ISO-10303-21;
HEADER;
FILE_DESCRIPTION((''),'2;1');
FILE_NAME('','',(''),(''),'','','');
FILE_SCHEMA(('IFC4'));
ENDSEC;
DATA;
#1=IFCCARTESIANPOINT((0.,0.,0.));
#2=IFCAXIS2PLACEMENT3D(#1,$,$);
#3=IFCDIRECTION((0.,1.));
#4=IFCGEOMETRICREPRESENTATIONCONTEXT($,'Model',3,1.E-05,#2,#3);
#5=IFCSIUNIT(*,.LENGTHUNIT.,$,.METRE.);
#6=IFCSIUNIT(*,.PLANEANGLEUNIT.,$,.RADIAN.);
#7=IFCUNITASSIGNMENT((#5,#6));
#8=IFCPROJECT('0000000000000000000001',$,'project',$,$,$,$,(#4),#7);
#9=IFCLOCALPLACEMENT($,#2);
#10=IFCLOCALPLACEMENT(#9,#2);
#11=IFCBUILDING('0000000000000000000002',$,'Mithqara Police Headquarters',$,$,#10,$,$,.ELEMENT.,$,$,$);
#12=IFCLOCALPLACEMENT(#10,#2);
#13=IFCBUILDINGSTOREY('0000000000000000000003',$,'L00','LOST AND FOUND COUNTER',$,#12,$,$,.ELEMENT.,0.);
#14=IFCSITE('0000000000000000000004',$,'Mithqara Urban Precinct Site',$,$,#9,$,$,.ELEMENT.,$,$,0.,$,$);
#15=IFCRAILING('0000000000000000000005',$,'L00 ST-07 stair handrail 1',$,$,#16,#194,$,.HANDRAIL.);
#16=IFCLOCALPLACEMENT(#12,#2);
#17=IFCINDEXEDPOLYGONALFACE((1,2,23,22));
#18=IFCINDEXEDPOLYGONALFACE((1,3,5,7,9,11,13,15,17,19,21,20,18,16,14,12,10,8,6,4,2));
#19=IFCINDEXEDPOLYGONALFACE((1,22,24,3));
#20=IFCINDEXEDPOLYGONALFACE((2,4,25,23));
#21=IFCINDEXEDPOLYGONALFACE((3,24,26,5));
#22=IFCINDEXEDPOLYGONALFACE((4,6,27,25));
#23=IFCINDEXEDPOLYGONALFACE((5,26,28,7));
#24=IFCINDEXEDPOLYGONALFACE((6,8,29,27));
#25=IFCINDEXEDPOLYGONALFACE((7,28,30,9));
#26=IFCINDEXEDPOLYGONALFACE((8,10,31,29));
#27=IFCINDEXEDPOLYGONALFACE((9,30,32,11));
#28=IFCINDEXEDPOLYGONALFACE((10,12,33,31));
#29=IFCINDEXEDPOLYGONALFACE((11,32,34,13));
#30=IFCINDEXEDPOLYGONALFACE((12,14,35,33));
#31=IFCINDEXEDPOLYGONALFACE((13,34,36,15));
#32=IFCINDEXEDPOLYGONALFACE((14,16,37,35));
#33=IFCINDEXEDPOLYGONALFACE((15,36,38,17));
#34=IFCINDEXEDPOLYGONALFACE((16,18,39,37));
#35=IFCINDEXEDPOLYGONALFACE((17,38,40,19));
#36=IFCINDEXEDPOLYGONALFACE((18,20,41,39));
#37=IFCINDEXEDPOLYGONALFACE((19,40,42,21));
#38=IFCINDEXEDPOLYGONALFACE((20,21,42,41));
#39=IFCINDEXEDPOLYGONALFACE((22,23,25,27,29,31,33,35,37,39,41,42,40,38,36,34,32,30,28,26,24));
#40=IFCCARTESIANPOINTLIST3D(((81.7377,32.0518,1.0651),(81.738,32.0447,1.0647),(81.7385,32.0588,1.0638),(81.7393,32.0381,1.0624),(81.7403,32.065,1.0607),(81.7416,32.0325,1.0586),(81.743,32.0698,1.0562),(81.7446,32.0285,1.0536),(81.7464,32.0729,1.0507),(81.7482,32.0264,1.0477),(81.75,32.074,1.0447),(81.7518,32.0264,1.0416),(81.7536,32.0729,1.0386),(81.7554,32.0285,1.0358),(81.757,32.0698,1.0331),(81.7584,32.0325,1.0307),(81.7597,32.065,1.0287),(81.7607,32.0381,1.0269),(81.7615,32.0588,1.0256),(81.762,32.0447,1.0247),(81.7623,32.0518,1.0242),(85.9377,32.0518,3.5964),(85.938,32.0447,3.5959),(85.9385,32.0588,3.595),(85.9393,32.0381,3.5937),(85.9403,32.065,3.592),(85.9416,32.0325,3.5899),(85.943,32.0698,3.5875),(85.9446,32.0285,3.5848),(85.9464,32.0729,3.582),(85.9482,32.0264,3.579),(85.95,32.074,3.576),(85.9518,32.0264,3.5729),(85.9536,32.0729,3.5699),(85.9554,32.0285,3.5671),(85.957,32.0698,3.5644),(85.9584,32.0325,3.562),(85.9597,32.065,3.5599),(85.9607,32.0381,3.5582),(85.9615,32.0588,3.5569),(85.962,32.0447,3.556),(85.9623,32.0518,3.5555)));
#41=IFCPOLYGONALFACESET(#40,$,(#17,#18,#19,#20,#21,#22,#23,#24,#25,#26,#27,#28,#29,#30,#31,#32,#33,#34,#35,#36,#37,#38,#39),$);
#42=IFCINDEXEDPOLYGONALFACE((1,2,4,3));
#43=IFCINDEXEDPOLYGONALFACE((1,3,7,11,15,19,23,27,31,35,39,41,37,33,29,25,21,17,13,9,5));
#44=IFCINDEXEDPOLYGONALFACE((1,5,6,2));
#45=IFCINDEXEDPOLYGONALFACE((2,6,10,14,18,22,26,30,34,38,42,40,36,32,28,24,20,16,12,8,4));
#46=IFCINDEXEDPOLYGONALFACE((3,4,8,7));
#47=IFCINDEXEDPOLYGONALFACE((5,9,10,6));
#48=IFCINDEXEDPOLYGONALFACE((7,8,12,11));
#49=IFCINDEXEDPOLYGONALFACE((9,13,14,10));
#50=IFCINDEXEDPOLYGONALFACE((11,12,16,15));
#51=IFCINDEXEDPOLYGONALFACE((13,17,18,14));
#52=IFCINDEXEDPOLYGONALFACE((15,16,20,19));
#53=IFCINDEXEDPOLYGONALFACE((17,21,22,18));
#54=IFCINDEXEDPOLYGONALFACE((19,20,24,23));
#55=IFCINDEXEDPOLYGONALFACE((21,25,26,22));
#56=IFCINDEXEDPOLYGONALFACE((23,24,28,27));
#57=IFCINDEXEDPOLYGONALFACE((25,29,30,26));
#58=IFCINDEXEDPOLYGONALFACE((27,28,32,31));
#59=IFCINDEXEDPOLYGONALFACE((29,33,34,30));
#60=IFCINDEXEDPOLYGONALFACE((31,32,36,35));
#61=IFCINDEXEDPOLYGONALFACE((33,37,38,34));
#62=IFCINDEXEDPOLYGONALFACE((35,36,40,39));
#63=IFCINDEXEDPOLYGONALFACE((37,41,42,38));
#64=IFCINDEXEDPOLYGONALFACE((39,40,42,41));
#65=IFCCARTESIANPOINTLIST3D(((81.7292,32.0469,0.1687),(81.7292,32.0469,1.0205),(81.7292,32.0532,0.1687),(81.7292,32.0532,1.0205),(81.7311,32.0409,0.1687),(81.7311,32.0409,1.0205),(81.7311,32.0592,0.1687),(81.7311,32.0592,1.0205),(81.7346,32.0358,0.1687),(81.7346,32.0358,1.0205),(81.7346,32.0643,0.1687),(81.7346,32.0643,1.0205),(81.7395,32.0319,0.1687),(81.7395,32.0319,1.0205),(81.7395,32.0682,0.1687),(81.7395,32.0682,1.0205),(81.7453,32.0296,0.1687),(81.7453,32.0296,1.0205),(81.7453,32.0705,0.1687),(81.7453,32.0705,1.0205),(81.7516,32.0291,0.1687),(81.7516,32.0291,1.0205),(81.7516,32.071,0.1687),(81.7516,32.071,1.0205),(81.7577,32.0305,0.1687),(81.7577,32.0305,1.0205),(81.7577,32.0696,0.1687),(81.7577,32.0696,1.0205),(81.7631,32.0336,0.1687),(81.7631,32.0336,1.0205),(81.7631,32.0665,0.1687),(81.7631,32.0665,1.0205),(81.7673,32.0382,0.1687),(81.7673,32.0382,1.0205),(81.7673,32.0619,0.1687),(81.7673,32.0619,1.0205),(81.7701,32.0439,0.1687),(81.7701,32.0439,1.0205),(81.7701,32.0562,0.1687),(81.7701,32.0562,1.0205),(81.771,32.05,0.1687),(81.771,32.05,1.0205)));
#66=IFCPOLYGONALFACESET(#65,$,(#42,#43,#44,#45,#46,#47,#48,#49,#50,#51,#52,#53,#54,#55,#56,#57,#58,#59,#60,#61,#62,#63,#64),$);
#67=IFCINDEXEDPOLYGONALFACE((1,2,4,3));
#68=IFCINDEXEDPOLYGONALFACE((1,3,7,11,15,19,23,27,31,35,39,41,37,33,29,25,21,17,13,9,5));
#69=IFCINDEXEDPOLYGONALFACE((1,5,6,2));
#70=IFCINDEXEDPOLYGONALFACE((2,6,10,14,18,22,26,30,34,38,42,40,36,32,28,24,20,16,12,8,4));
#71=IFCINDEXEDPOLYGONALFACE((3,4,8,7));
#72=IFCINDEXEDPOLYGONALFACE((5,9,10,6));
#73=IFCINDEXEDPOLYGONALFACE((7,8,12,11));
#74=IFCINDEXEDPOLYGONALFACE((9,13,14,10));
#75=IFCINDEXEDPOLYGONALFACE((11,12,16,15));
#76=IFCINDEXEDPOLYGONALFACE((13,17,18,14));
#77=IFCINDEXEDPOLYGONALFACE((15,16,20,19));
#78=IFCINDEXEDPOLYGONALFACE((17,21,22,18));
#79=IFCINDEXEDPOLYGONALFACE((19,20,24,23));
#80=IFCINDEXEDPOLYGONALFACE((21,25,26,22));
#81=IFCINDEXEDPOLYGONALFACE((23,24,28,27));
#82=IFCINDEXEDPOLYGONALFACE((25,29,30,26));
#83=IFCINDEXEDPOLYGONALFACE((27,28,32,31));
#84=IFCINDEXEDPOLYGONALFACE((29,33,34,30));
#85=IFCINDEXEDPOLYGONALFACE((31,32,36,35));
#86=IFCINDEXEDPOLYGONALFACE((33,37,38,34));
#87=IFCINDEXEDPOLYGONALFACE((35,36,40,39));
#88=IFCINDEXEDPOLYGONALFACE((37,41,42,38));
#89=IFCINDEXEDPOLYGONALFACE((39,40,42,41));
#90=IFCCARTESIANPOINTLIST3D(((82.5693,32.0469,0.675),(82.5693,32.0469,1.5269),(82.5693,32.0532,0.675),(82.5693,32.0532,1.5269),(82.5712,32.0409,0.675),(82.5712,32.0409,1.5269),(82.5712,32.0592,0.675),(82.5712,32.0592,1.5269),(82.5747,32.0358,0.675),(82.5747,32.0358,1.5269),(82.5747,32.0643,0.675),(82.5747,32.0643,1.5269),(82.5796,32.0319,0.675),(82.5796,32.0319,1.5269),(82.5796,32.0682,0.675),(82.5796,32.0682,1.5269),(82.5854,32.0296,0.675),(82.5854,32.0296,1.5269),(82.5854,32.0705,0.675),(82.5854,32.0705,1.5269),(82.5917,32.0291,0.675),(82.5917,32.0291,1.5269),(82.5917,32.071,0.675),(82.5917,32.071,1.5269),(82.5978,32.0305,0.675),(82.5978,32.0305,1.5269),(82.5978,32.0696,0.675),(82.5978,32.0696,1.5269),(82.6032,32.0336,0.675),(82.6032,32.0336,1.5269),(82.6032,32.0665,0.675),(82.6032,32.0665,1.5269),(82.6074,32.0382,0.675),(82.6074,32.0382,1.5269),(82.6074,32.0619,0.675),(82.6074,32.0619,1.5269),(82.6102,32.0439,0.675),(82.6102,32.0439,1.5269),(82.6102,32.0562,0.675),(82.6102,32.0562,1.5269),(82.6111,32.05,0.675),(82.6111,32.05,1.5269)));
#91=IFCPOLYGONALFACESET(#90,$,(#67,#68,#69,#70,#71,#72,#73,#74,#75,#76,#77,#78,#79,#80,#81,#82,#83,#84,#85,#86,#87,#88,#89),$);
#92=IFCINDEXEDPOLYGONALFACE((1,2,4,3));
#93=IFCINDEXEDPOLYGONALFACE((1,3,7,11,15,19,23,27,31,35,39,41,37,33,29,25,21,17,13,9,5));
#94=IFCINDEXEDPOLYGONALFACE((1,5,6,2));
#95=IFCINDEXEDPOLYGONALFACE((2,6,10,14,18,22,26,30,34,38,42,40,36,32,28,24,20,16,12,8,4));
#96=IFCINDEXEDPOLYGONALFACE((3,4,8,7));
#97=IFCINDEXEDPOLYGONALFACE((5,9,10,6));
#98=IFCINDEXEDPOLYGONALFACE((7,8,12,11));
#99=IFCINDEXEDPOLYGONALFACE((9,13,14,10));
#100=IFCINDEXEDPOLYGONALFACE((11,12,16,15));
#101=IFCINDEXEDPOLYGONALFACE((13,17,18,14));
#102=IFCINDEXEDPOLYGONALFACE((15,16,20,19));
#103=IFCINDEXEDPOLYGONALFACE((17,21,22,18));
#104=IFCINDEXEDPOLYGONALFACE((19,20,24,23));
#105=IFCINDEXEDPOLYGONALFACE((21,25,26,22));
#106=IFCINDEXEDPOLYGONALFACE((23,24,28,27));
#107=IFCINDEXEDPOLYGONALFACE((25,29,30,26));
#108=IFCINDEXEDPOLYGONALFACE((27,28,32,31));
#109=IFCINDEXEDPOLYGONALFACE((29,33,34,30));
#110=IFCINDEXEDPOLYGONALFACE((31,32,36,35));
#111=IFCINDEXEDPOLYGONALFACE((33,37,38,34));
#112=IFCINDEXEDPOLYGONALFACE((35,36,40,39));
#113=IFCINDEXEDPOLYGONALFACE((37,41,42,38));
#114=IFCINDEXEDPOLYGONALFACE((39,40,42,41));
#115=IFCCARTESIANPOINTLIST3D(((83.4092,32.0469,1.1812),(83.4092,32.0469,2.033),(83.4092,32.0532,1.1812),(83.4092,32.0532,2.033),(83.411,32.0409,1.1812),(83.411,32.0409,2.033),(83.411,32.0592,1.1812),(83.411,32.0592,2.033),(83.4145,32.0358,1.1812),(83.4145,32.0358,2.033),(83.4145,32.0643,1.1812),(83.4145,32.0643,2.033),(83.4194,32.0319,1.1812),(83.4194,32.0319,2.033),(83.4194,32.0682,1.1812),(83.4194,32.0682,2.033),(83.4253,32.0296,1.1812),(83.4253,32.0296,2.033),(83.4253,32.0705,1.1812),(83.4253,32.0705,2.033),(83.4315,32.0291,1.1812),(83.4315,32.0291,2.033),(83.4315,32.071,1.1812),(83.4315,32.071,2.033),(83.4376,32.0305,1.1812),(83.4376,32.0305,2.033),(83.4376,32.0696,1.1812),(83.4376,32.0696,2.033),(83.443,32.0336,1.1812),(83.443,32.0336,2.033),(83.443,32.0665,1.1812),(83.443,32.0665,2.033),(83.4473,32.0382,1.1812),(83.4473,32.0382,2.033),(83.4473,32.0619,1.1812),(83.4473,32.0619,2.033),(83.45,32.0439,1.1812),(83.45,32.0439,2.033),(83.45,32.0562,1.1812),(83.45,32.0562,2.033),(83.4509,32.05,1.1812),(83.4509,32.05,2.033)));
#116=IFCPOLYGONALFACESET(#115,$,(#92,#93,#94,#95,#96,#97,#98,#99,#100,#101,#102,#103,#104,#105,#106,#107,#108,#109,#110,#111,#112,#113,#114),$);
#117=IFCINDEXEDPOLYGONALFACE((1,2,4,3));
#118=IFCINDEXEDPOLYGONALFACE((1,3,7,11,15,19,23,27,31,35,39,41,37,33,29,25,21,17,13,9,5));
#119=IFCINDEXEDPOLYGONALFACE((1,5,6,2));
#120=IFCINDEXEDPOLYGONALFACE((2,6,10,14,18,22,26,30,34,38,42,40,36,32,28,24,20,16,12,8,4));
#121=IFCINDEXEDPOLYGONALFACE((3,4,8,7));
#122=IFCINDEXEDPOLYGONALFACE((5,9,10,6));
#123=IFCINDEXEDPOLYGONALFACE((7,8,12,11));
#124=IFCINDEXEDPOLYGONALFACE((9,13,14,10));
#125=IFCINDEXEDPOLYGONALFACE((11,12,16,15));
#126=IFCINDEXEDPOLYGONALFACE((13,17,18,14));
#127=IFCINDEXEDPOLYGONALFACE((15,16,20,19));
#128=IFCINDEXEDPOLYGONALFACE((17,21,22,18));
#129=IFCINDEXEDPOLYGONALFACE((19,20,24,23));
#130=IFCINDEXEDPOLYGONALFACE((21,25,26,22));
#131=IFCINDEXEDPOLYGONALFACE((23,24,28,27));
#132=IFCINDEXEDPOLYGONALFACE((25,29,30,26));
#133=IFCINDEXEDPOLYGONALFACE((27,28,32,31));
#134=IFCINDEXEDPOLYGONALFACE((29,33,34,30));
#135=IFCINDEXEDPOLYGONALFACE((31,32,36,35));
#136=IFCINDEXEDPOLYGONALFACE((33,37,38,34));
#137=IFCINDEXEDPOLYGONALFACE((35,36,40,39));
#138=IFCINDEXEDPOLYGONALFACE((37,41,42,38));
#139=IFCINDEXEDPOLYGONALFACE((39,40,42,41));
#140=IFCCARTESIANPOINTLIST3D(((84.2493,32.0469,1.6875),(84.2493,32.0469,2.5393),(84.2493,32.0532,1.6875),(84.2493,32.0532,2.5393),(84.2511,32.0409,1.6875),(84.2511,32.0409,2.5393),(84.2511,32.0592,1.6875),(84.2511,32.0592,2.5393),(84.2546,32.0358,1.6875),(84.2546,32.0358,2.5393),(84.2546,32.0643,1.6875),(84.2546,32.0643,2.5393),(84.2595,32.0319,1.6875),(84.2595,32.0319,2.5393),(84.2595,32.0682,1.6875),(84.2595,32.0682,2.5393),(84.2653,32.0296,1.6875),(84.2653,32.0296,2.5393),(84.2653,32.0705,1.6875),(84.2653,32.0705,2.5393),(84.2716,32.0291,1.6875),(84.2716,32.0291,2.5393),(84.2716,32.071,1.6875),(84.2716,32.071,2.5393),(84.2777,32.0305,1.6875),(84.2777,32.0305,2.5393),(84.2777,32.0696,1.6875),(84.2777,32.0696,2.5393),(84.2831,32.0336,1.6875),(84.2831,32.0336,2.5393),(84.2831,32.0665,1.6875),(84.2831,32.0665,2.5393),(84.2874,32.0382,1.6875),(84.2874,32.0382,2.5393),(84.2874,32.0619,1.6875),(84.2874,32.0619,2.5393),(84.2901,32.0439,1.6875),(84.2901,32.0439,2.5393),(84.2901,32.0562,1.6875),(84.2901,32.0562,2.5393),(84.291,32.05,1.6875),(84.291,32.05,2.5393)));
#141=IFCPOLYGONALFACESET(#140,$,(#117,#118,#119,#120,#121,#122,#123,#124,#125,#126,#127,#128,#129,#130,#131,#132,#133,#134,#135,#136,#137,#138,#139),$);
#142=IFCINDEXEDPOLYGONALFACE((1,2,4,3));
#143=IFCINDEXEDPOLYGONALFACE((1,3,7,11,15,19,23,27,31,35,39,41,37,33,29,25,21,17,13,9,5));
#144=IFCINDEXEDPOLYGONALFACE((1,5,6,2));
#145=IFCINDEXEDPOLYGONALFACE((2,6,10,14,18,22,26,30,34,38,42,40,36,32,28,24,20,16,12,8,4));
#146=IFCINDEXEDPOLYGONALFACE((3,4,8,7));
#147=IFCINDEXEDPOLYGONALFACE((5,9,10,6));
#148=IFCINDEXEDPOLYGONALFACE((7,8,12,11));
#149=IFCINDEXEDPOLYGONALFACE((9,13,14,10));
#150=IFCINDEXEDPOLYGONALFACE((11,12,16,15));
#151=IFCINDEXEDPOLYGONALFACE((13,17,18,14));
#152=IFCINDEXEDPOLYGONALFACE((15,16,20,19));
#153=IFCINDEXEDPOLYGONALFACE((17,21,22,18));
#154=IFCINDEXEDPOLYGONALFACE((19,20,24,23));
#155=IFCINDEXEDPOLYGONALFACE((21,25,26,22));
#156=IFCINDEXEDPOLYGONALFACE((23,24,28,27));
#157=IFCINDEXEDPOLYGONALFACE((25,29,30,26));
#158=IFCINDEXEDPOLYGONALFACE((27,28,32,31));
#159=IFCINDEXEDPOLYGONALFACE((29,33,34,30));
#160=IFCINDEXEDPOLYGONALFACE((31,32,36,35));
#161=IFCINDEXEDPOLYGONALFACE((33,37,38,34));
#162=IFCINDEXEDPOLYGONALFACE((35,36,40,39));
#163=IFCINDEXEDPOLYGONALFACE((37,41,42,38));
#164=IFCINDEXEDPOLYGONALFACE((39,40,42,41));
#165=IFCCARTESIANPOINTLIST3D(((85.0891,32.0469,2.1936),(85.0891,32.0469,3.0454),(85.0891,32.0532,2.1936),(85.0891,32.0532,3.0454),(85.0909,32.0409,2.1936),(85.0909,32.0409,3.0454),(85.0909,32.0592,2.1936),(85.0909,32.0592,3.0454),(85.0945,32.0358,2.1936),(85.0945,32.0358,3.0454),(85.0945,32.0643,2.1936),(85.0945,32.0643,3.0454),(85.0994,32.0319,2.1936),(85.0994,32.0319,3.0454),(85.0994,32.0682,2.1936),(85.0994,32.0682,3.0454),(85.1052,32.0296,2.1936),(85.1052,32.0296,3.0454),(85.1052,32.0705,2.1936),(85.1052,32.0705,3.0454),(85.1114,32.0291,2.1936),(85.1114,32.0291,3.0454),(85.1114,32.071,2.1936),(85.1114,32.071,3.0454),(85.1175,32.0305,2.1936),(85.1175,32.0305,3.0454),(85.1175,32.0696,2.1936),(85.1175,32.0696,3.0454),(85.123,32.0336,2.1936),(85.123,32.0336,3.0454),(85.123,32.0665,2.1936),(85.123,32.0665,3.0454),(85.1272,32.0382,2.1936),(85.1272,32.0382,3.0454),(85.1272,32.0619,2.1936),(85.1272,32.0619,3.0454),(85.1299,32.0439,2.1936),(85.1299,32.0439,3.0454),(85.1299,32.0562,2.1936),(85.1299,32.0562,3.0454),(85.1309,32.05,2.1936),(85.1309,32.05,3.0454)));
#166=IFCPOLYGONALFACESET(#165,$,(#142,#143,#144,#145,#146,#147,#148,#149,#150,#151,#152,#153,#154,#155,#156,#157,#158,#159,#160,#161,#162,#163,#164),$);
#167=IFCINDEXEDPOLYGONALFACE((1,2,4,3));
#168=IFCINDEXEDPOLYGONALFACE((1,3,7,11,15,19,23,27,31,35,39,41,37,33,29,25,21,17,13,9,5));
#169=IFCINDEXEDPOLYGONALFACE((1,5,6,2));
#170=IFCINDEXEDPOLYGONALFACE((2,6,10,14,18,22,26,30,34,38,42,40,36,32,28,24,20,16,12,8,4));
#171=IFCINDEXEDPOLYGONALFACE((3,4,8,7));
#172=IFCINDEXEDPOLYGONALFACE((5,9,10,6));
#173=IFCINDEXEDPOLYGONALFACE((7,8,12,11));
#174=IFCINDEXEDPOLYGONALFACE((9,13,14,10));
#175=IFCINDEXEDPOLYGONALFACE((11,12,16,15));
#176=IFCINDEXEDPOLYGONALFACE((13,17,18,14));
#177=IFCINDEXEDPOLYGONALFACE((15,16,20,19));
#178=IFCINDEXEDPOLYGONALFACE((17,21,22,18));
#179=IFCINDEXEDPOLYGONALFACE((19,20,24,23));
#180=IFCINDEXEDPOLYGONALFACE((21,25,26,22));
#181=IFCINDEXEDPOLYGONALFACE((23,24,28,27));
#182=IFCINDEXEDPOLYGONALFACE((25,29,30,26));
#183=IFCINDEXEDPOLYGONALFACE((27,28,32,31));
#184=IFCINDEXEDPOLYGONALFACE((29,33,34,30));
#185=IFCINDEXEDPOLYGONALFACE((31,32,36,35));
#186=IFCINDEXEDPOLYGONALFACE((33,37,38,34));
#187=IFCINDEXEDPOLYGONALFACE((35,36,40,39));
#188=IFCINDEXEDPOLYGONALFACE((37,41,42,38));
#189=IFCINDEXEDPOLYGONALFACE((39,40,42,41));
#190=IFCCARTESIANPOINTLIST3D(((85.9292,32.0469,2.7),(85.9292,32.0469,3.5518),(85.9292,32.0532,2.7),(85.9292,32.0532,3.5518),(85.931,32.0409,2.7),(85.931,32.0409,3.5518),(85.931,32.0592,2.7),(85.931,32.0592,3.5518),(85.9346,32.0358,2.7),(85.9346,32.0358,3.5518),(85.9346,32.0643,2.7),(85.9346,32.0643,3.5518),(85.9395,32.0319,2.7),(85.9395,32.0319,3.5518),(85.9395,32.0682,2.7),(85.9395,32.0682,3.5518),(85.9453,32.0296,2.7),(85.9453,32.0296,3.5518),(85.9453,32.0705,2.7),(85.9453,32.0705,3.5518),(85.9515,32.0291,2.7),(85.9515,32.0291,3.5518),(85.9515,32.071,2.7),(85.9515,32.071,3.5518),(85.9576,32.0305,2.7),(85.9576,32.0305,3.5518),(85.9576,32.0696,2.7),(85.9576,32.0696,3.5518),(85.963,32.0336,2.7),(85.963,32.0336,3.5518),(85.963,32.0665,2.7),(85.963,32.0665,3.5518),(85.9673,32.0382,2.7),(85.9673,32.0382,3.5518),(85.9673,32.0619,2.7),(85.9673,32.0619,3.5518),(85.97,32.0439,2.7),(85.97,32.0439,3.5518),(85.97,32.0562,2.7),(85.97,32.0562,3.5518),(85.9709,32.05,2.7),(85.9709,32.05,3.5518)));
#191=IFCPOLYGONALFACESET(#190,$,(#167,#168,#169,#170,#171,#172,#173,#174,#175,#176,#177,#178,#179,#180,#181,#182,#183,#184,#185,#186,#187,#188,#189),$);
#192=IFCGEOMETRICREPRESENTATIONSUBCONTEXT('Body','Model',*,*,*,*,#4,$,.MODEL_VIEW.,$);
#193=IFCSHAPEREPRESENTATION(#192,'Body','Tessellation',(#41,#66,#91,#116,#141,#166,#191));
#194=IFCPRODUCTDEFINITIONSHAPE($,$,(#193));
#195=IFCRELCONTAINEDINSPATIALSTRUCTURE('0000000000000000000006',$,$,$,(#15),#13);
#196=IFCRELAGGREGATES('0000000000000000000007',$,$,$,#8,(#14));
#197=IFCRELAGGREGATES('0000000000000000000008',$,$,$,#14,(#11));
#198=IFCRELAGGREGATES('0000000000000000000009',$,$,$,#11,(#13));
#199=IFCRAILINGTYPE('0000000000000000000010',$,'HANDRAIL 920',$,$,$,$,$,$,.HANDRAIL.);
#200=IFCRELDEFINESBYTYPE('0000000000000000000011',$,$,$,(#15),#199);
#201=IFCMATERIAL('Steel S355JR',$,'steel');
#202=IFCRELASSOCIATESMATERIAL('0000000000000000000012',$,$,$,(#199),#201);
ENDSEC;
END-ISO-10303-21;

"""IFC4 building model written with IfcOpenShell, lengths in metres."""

from ifc_helpers import new_model, si_unit, direction, frame, origin, origin_2d, place, context, subcontext, project, spatial, circle, extrude, material, type_object, element, save


model = new_model("IFC4")

# Units and contexts
model_context = context("Model", 3, precision=1e-05, world=origin(), true_north=direction((0.0, 1.0)))
body_context = subcontext(model_context, "Body", "Model", "MODEL_VIEW")
ifc_project = project(units=[si_unit("LENGTHUNIT", "METRE"), si_unit("PLANEANGLEUNIT", "RADIAN")], contexts=[model_context])

# Site, building, storey
site_placement = place(None, origin())
site = spatial("IfcSite", under=ifc_project, at=site_placement, Name="Mithqara Urban Precinct Site", CompositionType="ELEMENT", RefElevation=0.0)
building_placement = place(site_placement, origin())
building = spatial("IfcBuilding", under=site, at=building_placement, Name="Mithqara Police Headquarters", CompositionType="ELEMENT")
storey_placement = place(building_placement, origin())
storey = spatial("IfcBuildingStorey", under=building, at=storey_placement, Name="L00", Description="LOST AND FOUND COUNTER", CompositionType="ELEMENT", Elevation=0.0)

# Shared definitions
ifc_material_1 = material(Name="Steel S355JR", Category="steel")

# Railing
railing_type_1 = type_object("IfcRailingType", Name="HANDRAIL 920", PredefinedType="HANDRAIL", material=ifc_material_1)
railing_1_placement = place(storey_placement, frame((81.75, 32.05, 0.1687)))
element("IfcRailing", 1, at=railing_1_placement, inside=storey, type_object=railing_type_1, Name="L00 ST-07 stair handrail 1", PredefinedType="HANDRAIL", context=body_context, shape_type="SweptSolid", body=[
    extrude(circle(Radius=0.0239, at=origin_2d()), frame((0.0, 0.0, 0.876), z_axis=(0.856476, 0.0, 0.516186), x_axis=(0.0, 1.0, 0.0)), (0.0, 0.0, 1.0), 4.9038),
    extrude(circle(Radius=0.021, at=origin_2d()), origin(), (0.0, 0.0, 1.0), 0.8518),
    extrude(circle(Radius=0.021, at=origin_2d()), frame((0.8401, 0.0, 0.5063)), (0.0, 0.0, 1.0), 0.8518),
    extrude(circle(Radius=0.021, at=origin_2d()), frame((1.6799, 0.0, 1.0125)), (0.0, 0.0, 1.0), 0.8518),
    extrude(circle(Radius=0.021, at=origin_2d()), frame((2.52, 0.0, 1.5188)), (0.0, 0.0, 1.0), 0.8518),
    extrude(circle(Radius=0.021, at=origin_2d()), frame((3.3599, 0.0, 2.0249)), (0.0, 0.0, 1.0), 0.8518),
    extrude(circle(Radius=0.021, at=origin_2d()), frame((4.2, 0.0, 2.5312)), (0.0, 0.0, 1.0), 0.8518),
])

save(model, "model.ifc")
